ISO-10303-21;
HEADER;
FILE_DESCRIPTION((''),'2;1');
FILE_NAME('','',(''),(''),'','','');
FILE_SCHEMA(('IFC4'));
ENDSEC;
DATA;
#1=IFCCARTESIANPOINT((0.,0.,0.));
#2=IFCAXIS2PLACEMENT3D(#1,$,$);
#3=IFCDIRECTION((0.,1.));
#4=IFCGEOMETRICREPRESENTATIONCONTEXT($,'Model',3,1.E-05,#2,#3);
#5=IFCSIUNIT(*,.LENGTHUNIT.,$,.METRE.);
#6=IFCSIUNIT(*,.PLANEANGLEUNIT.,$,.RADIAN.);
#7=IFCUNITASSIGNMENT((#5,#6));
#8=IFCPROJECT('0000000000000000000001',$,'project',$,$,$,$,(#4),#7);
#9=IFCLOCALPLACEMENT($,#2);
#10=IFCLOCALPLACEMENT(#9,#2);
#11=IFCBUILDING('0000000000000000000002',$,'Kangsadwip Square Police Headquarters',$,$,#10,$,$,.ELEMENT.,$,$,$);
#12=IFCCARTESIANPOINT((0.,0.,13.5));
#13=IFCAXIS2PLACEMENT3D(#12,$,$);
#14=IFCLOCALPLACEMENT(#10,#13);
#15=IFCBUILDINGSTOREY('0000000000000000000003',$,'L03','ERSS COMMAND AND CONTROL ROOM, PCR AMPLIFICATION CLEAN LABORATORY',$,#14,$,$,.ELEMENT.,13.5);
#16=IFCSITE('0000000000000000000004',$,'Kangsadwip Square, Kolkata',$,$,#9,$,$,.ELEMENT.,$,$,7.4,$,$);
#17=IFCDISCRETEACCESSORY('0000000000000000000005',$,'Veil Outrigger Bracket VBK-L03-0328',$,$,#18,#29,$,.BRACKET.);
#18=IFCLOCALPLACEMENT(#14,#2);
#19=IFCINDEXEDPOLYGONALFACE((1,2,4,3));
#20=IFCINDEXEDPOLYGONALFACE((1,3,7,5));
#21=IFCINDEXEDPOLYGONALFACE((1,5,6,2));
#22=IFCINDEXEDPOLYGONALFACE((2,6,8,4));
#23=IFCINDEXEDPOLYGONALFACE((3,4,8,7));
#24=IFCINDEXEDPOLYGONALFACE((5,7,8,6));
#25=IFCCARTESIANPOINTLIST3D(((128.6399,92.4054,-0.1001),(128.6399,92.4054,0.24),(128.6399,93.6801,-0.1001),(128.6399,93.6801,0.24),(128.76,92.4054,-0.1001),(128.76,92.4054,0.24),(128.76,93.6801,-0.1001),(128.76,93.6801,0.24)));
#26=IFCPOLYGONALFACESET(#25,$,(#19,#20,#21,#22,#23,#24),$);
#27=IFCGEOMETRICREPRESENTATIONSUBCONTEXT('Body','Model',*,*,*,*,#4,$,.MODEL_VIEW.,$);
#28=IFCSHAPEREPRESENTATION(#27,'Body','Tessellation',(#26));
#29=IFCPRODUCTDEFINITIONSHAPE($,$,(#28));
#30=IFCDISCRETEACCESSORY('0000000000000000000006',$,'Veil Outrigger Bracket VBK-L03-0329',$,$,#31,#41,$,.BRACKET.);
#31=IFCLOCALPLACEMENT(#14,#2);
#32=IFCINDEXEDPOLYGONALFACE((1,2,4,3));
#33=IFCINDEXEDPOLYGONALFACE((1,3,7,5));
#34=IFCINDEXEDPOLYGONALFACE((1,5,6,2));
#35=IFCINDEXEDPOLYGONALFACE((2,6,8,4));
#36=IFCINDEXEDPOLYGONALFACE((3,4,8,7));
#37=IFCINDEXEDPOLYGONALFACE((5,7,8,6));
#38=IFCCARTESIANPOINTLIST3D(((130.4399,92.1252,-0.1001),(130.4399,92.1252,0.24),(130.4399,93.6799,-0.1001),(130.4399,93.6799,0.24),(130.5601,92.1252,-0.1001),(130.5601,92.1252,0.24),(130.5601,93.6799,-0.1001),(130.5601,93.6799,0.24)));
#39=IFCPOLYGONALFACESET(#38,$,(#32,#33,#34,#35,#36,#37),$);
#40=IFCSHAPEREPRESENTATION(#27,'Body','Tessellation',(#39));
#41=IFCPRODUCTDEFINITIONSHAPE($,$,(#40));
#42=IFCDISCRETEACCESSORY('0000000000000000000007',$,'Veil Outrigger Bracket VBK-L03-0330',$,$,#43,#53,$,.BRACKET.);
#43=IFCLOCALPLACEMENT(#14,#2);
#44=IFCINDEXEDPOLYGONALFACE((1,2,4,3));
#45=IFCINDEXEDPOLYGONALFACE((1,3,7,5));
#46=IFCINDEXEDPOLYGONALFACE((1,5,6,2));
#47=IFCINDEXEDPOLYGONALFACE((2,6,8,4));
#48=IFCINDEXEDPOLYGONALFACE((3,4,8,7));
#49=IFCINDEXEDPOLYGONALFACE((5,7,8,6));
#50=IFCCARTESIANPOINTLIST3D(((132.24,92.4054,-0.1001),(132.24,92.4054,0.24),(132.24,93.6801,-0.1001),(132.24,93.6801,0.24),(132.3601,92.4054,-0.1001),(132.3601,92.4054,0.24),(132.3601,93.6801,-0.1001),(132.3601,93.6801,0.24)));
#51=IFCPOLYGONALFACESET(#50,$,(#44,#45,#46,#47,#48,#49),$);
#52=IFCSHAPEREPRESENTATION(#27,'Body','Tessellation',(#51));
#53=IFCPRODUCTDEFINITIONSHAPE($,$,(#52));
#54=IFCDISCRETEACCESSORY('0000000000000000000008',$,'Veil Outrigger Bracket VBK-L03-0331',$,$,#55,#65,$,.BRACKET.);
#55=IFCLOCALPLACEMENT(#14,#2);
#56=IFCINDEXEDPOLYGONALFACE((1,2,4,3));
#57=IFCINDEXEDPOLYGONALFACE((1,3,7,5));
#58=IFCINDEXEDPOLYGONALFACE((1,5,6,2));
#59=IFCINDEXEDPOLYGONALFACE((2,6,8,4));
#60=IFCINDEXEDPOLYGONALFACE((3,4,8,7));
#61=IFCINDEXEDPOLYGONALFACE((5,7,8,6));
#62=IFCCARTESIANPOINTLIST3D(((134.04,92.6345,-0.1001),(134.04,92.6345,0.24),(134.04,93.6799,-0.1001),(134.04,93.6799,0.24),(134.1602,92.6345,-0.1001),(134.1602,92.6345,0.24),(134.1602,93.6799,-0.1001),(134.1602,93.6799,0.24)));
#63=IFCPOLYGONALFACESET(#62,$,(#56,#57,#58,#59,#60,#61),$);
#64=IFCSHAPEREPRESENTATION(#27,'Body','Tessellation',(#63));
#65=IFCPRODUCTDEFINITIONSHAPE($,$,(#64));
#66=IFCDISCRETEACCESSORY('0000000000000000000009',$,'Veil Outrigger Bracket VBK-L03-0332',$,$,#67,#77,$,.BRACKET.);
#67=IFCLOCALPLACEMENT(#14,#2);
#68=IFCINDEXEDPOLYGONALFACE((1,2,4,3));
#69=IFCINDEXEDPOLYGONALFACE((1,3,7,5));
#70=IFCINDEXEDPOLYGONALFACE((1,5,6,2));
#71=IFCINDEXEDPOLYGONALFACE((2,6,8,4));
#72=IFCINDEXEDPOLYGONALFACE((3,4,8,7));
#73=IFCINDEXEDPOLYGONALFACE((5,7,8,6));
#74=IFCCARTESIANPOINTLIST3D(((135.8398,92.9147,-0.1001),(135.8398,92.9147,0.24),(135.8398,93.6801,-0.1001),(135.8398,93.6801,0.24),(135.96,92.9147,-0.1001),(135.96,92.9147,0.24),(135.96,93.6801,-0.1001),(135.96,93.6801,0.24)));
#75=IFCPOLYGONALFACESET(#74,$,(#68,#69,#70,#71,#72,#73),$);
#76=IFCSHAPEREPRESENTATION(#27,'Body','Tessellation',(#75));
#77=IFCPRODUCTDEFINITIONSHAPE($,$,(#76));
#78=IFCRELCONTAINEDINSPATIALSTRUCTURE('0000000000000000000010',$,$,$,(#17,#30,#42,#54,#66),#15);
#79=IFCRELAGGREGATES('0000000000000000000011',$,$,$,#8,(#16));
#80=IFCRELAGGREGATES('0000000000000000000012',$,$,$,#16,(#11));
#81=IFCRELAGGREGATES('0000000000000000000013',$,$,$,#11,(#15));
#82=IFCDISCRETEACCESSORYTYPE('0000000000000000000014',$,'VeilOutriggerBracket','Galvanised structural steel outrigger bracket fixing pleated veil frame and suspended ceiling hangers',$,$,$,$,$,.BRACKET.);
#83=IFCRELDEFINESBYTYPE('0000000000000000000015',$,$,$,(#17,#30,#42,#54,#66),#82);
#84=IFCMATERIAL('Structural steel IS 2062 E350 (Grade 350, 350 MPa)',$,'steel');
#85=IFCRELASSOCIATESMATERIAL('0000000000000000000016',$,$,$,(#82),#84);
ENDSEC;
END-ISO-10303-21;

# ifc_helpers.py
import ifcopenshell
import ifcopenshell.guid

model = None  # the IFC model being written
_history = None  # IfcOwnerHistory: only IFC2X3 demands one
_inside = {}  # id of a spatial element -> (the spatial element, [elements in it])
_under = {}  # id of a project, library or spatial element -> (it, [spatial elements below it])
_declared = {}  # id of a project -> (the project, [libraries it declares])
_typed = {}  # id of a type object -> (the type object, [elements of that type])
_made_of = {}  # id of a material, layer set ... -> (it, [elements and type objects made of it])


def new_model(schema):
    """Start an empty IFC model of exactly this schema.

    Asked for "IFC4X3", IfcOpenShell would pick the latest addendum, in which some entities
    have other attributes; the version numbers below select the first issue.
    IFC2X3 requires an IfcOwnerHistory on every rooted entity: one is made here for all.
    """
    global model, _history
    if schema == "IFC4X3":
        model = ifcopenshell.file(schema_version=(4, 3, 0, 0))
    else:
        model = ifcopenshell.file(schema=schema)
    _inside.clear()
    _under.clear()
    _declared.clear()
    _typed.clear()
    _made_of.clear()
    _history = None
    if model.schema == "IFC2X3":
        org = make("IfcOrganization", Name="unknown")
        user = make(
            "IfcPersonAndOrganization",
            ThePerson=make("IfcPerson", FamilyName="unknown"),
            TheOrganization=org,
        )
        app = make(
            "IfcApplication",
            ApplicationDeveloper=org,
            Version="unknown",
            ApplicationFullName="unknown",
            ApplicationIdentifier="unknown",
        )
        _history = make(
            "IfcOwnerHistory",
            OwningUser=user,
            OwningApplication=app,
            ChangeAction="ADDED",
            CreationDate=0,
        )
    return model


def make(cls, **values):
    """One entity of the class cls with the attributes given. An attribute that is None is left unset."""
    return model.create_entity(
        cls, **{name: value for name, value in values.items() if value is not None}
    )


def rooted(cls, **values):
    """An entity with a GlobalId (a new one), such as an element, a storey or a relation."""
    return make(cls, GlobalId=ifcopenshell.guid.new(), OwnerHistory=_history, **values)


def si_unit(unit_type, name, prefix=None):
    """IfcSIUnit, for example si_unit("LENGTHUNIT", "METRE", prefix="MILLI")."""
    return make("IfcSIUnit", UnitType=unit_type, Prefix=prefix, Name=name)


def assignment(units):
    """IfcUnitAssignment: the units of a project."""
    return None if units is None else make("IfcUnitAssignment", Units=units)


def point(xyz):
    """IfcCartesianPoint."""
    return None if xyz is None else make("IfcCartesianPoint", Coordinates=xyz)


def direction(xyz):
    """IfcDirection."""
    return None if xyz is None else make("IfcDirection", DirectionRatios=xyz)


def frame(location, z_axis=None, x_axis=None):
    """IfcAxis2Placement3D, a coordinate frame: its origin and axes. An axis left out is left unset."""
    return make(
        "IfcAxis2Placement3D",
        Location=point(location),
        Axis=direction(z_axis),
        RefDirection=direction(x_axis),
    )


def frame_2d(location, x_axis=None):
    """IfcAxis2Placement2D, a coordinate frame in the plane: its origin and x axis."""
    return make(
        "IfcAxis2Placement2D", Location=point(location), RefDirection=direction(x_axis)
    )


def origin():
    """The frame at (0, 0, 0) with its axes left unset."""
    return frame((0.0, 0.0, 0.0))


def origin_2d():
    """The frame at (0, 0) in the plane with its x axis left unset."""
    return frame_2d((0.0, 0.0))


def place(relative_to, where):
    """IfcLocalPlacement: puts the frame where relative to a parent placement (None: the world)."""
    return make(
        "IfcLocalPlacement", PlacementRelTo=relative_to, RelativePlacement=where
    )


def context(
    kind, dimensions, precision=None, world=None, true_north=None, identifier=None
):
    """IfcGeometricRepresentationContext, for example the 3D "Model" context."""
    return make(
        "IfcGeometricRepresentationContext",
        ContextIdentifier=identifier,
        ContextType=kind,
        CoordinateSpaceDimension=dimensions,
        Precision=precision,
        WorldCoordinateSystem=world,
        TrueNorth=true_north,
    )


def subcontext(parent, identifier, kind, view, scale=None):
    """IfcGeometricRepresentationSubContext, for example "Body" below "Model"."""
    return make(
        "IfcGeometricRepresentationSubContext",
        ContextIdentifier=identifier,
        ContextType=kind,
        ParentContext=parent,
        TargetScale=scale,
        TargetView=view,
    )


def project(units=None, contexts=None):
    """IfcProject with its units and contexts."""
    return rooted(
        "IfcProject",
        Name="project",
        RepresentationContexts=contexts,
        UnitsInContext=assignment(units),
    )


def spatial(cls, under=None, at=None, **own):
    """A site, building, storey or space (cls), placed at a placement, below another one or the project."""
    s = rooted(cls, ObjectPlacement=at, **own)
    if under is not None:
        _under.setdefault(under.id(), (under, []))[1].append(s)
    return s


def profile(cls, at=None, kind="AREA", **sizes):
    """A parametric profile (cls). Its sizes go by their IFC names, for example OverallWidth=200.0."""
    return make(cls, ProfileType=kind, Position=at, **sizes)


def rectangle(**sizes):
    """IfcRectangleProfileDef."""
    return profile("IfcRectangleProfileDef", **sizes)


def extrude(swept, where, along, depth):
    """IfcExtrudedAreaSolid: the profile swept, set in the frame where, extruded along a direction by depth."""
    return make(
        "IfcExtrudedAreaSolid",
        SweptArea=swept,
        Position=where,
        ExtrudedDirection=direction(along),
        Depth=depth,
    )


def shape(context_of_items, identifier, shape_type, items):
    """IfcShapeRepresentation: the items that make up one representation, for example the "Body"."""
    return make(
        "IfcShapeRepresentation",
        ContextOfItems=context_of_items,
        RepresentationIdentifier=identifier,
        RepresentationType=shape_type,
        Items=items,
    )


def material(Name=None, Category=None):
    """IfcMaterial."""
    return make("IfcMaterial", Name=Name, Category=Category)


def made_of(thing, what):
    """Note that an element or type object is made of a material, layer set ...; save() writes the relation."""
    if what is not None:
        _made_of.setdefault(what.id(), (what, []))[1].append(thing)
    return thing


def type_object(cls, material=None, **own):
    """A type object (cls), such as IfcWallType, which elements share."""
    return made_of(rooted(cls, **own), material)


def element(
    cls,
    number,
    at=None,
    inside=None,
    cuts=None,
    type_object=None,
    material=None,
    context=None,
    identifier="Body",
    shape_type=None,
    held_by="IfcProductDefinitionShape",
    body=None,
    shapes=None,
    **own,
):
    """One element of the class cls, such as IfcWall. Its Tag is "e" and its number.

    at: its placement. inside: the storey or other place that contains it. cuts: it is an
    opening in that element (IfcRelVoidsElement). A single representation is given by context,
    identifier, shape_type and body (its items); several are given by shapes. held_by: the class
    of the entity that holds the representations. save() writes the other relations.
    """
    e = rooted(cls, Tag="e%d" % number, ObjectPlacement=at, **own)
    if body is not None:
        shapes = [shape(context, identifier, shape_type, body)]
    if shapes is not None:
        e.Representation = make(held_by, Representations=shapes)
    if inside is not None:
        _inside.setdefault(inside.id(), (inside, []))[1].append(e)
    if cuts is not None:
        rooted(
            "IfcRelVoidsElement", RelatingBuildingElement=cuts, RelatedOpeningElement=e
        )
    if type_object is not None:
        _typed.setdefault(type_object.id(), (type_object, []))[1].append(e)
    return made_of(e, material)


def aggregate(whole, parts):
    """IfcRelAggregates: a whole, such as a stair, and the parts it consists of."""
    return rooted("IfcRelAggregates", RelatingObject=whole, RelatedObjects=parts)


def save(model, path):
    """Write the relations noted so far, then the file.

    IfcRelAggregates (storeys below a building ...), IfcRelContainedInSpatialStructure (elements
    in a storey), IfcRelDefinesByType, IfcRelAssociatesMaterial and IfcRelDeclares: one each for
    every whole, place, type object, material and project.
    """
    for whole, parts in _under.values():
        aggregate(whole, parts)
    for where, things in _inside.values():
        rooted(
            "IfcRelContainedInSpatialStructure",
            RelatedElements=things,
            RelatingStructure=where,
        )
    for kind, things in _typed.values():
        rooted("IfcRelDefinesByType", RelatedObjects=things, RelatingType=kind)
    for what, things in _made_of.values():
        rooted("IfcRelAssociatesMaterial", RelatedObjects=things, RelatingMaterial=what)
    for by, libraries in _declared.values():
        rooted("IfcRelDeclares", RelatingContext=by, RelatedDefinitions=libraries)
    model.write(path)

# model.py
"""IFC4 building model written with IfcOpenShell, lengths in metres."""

from ifc_helpers import new_model, si_unit, direction, frame, origin, origin_2d, place, context, subcontext, project, spatial, rectangle, extrude, material, type_object, element, save


model = new_model("IFC4")

# Units and contexts
model_context = context("Model", 3, precision=1e-05, world=origin(), true_north=direction((0.0, 1.0)))
body_context = subcontext(model_context, "Body", "Model", "MODEL_VIEW")
ifc_project = project(units=[si_unit("LENGTHUNIT", "METRE"), si_unit("PLANEANGLEUNIT", "RADIAN")], contexts=[model_context])

# Site, building, storey
site_placement = place(None, origin())
site = spatial("IfcSite", under=ifc_project, at=site_placement, Name="Kangsadwip Square, Kolkata", CompositionType="ELEMENT", RefElevation=7.4)
building_placement = place(site_placement, origin())
building = spatial("IfcBuilding", under=site, at=building_placement, Name="Kangsadwip Square Police Headquarters", CompositionType="ELEMENT")
storey_placement = place(building_placement, frame((0.0, 0.0, 13.5)))
storey = spatial("IfcBuildingStorey", under=building, at=storey_placement, Name="L03", Description="ERSS COMMAND AND CONTROL ROOM, PCR AMPLIFICATION CLEAN LABORATORY", CompositionType="ELEMENT", Elevation=13.5)

# Discrete accessories
ifc_material_1 = material(Name="Structural steel IS 2062 E350 (Grade 350, 350 MPa)", Category="steel")
discrete_accessory_type = type_object("IfcDiscreteAccessoryType", Name="VeilOutriggerBracket", Description="Galvanised structural steel outrigger bracket fixing pleated veil frame and suspended ceiling hangers", PredefinedType="BRACKET", material=ifc_material_1)
discrete_accessory_1_placement = place(storey_placement, frame((128.7, 93.0427, -0.1001), z_axis=(0.0, 0.0, 1.0), x_axis=(1.0, 0.0, 0.0)))
element("IfcDiscreteAccessory", 1, at=discrete_accessory_1_placement, inside=storey, type_object=discrete_accessory_type, Name="Veil Outrigger Bracket VBK-L03-0328", PredefinedType="BRACKET", context=body_context, shape_type="SweptSolid", body=[
    extrude(rectangle(XDim=0.1201, YDim=1.2747, at=origin_2d()), origin(), (0.0, 0.0, 1.0), 0.3401),
])
discrete_accessory_2_placement = place(storey_placement, frame((130.5, 92.9026, -0.1001), z_axis=(0.0, 0.0, 1.0), x_axis=(1.0, 0.0, 0.0)))
element("IfcDiscreteAccessory", 2, at=discrete_accessory_2_placement, inside=storey, type_object=discrete_accessory_type, Name="Veil Outrigger Bracket VBK-L03-0329", PredefinedType="BRACKET", context=body_context, shape_type="SweptSolid", body=[
    extrude(rectangle(XDim=0.1201, YDim=1.5547, at=origin_2d()), origin(), (0.0, 0.0, 1.0), 0.3401),
])
discrete_accessory_3_placement = place(storey_placement, frame((132.3, 93.0427, -0.1001), z_axis=(0.0, 0.0, 1.0), x_axis=(1.0, 0.0, 0.0)))
element("IfcDiscreteAccessory", 3, at=discrete_accessory_3_placement, inside=storey, type_object=discrete_accessory_type, Name="Veil Outrigger Bracket VBK-L03-0330", PredefinedType="BRACKET", context=body_context, shape_type="SweptSolid", body=[
    extrude(rectangle(XDim=0.1201, YDim=1.2747, at=origin_2d()), origin(), (0.0, 0.0, 1.0), 0.3401),
])
discrete_accessory_4_placement = place(storey_placement, frame((134.1001, 93.1572, -0.1001), z_axis=(0.0, 0.0, 1.0), x_axis=(1.0, 0.0, 0.0)))
element("IfcDiscreteAccessory", 4, at=discrete_accessory_4_placement, inside=storey, type_object=discrete_accessory_type, Name="Veil Outrigger Bracket VBK-L03-0331", PredefinedType="BRACKET", context=body_context, shape_type="SweptSolid", body=[
    extrude(rectangle(XDim=0.1201, YDim=1.0454, at=origin_2d()), origin(), (0.0, 0.0, 1.0), 0.3401),
])
discrete_accessory_5_placement = place(storey_placement, frame((135.8999, 93.2974, -0.1001), z_axis=(0.0, 0.0, 1.0), x_axis=(1.0, 0.0, 0.0)))
element("IfcDiscreteAccessory", 5, at=discrete_accessory_5_placement, inside=storey, type_object=discrete_accessory_type, Name="Veil Outrigger Bracket VBK-L03-0332", PredefinedType="BRACKET", context=body_context, shape_type="SweptSolid", body=[
    extrude(rectangle(XDim=0.1201, YDim=0.7654, at=origin_2d()), origin(), (0.0, 0.0, 1.0), 0.3401),
])

save(model, "model.ifc")
